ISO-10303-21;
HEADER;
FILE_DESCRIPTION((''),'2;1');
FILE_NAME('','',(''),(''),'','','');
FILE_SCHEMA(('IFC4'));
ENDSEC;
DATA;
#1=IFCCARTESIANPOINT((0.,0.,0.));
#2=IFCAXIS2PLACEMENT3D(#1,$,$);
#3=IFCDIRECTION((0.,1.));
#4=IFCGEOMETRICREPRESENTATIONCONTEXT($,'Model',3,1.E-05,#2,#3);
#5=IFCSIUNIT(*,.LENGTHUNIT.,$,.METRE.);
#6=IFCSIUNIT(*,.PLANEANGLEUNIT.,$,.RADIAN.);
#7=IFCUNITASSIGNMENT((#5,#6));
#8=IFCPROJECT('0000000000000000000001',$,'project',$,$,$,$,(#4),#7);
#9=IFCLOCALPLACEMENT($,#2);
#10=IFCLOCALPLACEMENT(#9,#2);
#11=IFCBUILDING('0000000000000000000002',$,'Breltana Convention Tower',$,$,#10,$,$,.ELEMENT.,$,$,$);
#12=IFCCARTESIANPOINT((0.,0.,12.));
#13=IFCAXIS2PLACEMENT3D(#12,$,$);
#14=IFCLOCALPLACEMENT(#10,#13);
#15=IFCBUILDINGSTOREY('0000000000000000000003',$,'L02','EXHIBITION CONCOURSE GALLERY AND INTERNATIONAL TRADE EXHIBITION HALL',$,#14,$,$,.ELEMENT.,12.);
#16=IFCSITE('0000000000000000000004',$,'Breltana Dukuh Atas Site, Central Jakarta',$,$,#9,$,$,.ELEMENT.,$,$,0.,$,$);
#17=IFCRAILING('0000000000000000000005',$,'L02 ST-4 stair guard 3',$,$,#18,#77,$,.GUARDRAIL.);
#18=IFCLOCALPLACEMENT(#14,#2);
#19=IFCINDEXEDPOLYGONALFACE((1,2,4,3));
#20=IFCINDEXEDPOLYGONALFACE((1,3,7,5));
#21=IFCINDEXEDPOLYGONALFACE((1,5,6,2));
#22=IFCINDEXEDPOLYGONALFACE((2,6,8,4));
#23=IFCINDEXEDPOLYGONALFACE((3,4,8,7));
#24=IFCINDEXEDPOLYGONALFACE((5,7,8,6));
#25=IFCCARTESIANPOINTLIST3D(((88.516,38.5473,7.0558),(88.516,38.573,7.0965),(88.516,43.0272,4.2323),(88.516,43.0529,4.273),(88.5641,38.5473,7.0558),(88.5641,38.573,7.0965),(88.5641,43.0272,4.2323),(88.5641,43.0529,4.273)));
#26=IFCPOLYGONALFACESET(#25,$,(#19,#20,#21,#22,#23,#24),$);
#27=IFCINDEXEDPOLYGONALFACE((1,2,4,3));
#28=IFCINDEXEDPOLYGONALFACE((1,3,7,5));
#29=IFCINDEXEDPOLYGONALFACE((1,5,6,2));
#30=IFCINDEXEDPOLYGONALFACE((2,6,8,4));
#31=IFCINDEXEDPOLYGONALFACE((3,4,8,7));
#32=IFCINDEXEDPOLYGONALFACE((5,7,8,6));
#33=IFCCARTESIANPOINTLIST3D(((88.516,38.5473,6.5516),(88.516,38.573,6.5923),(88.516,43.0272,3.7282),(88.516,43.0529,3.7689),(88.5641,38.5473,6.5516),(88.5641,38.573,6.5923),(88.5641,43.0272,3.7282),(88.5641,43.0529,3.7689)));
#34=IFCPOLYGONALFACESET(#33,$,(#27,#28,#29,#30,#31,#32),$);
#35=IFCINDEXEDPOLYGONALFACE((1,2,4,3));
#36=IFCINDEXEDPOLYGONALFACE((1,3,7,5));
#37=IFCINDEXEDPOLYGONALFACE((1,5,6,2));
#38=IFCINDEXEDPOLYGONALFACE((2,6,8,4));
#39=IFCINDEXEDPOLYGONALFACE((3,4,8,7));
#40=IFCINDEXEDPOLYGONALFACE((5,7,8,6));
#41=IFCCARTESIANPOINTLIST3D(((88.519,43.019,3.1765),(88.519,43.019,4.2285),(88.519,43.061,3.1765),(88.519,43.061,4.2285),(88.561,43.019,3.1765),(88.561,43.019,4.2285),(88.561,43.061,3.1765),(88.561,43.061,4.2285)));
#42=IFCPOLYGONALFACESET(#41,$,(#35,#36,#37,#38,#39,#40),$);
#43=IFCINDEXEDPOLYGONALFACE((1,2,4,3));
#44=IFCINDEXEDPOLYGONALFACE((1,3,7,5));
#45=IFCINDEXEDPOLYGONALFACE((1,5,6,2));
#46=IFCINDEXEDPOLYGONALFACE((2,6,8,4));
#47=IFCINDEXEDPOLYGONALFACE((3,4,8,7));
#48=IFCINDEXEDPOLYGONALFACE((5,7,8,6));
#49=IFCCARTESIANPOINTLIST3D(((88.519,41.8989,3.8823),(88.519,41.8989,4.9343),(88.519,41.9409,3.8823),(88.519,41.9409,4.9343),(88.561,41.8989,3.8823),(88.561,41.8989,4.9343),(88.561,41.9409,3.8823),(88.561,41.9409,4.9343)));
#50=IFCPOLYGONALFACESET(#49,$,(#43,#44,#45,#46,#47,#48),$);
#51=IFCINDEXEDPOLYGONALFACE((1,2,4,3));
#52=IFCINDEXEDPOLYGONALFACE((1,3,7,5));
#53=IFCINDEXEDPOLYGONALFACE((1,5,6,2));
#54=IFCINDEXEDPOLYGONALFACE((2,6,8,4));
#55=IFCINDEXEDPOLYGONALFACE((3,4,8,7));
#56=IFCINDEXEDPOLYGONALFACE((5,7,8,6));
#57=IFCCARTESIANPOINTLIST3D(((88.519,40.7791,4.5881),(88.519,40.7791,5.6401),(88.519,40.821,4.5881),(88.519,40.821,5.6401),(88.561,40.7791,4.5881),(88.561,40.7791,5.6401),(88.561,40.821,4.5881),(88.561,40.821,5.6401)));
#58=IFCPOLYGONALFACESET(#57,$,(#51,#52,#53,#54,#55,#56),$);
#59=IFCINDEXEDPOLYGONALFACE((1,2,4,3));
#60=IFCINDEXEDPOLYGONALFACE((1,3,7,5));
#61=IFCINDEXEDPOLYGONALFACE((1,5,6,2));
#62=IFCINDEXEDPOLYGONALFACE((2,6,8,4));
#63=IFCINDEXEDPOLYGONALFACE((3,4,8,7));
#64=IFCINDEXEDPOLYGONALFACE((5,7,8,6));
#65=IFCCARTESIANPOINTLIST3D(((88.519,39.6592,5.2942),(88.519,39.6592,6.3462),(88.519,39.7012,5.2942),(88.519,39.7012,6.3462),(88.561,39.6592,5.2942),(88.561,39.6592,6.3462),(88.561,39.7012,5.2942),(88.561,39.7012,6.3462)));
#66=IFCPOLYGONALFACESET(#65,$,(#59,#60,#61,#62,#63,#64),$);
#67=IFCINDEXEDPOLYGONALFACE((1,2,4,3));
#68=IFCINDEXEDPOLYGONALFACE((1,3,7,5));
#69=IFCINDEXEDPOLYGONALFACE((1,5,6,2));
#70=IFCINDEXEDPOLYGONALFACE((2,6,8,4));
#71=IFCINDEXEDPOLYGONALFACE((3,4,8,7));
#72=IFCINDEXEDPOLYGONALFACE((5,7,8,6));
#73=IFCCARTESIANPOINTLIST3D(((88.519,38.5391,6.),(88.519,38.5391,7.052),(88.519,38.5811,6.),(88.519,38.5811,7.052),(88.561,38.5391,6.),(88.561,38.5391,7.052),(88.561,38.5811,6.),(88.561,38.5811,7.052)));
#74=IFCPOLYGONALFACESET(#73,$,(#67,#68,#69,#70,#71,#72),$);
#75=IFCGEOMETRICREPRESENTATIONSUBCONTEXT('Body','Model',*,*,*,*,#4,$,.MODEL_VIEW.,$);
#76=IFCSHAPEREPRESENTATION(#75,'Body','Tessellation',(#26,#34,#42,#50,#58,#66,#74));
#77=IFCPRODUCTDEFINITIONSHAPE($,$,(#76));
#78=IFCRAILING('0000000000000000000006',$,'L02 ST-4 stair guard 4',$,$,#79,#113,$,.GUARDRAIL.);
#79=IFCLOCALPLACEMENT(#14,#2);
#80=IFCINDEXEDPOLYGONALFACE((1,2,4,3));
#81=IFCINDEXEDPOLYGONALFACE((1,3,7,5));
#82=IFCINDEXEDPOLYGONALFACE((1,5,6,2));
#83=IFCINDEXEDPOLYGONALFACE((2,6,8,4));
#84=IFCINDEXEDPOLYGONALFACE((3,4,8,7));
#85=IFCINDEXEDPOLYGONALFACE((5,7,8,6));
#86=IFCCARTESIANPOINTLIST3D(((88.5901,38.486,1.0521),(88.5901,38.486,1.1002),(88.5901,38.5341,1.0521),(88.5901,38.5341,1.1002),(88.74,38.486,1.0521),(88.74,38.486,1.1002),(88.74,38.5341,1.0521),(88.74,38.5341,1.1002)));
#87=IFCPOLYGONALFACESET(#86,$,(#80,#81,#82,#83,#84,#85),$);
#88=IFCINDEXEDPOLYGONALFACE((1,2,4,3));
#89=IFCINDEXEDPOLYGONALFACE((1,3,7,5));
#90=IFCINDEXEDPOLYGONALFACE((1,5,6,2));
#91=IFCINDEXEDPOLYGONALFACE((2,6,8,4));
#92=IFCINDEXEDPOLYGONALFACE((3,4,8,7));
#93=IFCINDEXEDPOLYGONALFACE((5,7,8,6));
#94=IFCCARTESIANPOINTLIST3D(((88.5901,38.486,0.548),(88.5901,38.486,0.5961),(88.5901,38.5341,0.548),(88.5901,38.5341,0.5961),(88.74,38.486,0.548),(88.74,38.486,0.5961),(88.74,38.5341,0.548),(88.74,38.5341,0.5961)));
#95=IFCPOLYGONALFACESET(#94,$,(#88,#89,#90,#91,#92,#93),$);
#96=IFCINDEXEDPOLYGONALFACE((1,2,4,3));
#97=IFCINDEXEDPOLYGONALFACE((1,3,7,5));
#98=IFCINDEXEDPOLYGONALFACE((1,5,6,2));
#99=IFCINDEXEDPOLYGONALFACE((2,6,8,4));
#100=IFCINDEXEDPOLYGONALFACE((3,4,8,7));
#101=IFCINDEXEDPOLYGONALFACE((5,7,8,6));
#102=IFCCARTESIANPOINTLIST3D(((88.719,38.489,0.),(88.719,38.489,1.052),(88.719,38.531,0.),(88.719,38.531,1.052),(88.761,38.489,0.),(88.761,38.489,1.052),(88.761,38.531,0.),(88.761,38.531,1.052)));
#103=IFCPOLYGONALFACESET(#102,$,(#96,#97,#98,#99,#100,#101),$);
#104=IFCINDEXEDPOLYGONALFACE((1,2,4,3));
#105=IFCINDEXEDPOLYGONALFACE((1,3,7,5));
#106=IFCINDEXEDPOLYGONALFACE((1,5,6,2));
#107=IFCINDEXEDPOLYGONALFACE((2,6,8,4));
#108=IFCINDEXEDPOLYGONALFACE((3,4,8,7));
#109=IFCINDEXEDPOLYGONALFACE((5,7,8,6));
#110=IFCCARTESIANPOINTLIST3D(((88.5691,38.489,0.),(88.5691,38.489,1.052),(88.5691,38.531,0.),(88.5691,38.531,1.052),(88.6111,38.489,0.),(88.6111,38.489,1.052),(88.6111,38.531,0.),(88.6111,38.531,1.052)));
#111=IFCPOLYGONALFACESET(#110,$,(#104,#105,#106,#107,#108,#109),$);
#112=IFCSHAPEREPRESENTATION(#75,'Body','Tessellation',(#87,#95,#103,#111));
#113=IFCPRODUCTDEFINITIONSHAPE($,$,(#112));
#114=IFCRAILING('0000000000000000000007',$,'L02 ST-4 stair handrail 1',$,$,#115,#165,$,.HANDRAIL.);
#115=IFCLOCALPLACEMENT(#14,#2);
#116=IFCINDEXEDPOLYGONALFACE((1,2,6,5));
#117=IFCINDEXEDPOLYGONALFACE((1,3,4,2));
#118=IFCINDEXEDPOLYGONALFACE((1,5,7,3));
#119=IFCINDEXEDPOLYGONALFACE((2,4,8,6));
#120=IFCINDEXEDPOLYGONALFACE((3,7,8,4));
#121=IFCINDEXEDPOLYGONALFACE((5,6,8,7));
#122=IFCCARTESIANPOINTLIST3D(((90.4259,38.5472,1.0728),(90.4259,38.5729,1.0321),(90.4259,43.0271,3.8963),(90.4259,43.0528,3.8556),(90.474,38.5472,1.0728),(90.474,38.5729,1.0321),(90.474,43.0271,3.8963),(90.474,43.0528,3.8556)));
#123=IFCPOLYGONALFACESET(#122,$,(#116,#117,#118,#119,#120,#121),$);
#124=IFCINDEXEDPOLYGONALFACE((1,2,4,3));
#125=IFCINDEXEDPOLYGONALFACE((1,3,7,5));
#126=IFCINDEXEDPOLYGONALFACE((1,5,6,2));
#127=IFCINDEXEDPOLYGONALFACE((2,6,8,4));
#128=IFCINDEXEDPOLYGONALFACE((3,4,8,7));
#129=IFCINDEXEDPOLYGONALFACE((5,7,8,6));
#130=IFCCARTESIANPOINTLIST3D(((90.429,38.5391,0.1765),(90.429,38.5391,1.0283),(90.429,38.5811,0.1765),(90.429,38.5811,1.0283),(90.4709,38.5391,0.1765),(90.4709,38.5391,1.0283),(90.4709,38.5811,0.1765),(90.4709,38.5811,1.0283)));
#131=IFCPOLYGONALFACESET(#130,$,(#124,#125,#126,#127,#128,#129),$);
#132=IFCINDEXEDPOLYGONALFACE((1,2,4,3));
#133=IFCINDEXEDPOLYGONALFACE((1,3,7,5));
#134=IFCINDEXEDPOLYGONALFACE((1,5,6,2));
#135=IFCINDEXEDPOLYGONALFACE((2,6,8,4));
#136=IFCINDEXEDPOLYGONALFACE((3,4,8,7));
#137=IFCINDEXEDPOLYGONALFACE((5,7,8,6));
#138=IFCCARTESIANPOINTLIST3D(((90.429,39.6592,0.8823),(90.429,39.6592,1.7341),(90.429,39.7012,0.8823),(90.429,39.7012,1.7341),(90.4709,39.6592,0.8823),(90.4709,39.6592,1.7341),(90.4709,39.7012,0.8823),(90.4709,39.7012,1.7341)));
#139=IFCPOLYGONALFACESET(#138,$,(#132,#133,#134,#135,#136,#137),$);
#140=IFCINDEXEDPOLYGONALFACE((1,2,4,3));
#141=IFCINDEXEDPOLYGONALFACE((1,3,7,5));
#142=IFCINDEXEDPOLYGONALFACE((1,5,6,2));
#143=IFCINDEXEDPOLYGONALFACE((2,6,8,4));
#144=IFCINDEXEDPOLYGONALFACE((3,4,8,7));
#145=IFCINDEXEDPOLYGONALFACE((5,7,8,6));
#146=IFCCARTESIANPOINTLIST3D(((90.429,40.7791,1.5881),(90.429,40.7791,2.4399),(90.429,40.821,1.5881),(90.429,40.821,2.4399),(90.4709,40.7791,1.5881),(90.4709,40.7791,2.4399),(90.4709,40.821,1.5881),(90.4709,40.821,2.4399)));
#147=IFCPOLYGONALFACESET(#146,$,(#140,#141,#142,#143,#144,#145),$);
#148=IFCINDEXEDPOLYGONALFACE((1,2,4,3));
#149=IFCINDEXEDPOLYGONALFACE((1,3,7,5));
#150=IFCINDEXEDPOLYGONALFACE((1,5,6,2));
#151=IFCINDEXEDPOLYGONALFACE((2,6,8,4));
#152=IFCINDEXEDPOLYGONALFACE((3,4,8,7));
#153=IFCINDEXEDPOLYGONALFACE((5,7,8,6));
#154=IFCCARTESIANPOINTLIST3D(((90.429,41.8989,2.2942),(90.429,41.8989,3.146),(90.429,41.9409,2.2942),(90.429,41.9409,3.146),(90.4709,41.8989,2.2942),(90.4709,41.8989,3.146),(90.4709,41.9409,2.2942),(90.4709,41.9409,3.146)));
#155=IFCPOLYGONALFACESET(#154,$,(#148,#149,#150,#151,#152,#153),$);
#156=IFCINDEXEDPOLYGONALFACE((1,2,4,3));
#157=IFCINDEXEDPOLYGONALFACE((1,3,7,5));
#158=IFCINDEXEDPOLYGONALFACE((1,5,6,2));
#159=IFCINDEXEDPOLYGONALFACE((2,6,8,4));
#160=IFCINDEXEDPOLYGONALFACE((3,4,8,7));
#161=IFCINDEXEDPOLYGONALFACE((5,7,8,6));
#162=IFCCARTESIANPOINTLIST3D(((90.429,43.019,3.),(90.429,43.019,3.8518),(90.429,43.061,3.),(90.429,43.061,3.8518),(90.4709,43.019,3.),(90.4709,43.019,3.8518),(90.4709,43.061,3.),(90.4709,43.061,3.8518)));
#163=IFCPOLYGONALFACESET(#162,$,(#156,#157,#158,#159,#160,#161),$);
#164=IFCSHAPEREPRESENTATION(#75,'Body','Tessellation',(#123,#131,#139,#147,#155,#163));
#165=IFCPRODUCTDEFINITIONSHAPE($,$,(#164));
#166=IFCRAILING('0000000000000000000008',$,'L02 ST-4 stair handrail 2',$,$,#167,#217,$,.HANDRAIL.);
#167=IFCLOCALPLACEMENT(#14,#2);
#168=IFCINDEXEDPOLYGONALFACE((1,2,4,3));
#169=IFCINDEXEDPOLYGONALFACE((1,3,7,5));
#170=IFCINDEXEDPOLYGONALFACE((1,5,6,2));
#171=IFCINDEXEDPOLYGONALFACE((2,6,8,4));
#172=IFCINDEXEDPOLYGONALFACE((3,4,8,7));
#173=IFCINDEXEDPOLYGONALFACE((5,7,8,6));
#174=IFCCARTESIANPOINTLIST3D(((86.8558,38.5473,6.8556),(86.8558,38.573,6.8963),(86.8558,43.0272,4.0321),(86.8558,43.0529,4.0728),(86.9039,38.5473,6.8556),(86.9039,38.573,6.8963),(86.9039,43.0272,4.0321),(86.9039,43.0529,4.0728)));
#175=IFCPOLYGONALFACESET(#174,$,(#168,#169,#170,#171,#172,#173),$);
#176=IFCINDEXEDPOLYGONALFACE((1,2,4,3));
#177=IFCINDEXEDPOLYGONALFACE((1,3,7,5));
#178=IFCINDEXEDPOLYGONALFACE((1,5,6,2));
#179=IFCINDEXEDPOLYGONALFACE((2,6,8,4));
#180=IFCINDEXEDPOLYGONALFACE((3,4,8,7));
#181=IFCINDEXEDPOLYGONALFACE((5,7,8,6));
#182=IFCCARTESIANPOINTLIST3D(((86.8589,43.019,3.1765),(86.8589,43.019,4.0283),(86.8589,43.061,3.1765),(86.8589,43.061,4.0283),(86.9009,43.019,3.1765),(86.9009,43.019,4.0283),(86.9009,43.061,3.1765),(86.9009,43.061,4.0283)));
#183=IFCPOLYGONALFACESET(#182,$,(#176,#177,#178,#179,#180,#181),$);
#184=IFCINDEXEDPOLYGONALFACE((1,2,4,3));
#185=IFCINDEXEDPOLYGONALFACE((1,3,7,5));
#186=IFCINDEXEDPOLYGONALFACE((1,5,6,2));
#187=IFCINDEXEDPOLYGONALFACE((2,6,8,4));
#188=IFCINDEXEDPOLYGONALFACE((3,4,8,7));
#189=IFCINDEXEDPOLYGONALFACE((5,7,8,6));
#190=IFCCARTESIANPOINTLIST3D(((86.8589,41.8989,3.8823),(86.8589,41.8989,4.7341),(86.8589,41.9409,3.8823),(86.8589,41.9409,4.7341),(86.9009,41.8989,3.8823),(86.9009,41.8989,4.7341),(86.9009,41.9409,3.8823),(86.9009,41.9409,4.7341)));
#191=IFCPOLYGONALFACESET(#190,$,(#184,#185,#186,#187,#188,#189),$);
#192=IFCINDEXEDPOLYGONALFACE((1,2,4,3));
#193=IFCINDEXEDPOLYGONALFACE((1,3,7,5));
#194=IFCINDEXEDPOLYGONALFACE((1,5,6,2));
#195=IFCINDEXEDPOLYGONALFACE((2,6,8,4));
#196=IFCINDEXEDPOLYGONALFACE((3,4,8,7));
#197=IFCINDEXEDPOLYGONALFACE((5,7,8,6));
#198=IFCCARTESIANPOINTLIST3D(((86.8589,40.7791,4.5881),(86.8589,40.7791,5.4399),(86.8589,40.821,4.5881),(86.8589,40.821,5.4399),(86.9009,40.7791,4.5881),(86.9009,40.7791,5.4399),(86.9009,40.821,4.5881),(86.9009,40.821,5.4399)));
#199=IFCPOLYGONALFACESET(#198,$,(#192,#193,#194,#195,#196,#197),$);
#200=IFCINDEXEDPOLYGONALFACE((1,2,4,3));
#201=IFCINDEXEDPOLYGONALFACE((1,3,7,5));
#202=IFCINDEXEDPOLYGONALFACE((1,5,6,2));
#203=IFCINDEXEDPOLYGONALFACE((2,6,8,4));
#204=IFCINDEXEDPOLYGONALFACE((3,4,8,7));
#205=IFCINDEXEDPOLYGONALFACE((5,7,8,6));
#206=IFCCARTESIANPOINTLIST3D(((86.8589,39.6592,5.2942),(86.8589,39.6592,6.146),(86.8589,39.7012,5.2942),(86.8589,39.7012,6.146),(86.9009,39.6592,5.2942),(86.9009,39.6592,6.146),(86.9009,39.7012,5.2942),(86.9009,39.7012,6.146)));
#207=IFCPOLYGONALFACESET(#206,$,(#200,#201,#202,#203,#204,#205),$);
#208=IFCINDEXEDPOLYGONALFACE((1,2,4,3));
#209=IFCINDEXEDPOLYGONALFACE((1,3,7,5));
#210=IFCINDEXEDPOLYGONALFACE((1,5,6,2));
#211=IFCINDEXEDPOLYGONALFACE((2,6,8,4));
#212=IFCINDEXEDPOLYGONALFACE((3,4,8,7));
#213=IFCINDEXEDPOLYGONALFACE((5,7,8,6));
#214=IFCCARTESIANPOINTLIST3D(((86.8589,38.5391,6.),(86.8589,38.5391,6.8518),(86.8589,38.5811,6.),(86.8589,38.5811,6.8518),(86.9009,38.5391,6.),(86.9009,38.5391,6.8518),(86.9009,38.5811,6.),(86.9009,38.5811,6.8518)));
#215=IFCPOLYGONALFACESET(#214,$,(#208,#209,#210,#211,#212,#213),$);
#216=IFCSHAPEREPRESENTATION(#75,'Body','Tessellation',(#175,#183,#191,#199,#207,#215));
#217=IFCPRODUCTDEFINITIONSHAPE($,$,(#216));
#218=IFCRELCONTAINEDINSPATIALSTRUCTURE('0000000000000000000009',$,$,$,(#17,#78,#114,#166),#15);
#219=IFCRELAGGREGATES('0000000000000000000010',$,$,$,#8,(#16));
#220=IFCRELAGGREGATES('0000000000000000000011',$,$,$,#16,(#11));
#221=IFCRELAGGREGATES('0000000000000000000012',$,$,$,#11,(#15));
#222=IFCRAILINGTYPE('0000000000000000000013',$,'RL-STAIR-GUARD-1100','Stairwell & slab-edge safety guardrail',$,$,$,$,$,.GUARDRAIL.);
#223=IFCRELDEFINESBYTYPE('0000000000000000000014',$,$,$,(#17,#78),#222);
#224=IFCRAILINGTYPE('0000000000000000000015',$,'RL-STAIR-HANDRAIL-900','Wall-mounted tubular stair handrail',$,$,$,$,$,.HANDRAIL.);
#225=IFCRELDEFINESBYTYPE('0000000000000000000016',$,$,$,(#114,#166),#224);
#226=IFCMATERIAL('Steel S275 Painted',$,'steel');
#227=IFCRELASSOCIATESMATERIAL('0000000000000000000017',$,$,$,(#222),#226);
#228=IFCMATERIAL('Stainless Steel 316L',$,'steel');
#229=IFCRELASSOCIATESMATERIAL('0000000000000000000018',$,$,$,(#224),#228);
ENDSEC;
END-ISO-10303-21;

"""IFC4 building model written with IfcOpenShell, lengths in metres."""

from ifc_helpers import new_model, si_unit, direction, frame, origin, origin_2d, place, context, subcontext, project, spatial, rectangle, extrude, material, type_object, element, save


model = new_model("IFC4")

# Units and contexts
model_context = context("Model", 3, precision=1e-05, world=origin(), true_north=direction((0.0, 1.0)))
body_context = subcontext(model_context, "Body", "Model", "MODEL_VIEW")
ifc_project = project(units=[si_unit("LENGTHUNIT", "METRE"), si_unit("PLANEANGLEUNIT", "RADIAN")], contexts=[model_context])

# Site, building, storey
site_placement = place(None, origin())
site = spatial("IfcSite", under=ifc_project, at=site_placement, Name="Breltana Dukuh Atas Site, Central Jakarta", CompositionType="ELEMENT", RefElevation=0.0)
building_placement = place(site_placement, origin())
building = spatial("IfcBuilding", under=site, at=building_placement, Name="Breltana Convention Tower", CompositionType="ELEMENT")
storey_placement = place(building_placement, frame((0.0, 0.0, 12.0)))
storey = spatial("IfcBuildingStorey", under=building, at=storey_placement, Name="L02", Description="EXHIBITION CONCOURSE GALLERY AND INTERNATIONAL TRADE EXHIBITION HALL", CompositionType="ELEMENT", Elevation=12.0)

# Railings
ifc_material_1 = material(Name="Steel S275 Painted", Category="steel")
railing_type_1 = type_object("IfcRailingType", Name="RL-STAIR-GUARD-1100", Description="Stairwell & slab-edge safety guardrail", PredefinedType="GUARDRAIL", material=ifc_material_1)
railing_1_placement = place(storey_placement, frame((88.54, 43.04, 3.1765)))
element("IfcRailing", 1, at=railing_1_placement, inside=storey, type_object=railing_type_1, Name="L02 ST-4 stair guard 3", PredefinedType="GUARDRAIL", context=body_context, shape_type="SweptSolid", body=[
    extrude(rectangle(XDim=0.0481, YDim=0.0481, at=origin_2d()), frame((0.0, 0.0, 1.0762), z_axis=(0.0, -0.845998, 0.533186), x_axis=(1.0, 0.0, 0.0)), (0.0, 0.0, 1.0), 5.2954),
    extrude(rectangle(XDim=0.0481, YDim=0.0481, at=origin_2d()), frame((0.0, 0.0, 0.572), z_axis=(0.0, -0.845998, 0.533186), x_axis=(1.0, 0.0, 0.0)), (0.0, 0.0, 1.0), 5.2954),
    extrude(rectangle(XDim=0.042, YDim=0.042, at=origin_2d()), origin(), (0.0, 0.0, 1.0), 1.052),
    extrude(rectangle(XDim=0.042, YDim=0.042, at=origin_2d()), frame((0.0, -1.1201, 0.7058)), (0.0, 0.0, 1.0), 1.052),
    extrude(rectangle(XDim=0.042, YDim=0.042, at=origin_2d()), frame((0.0, -2.24, 1.4116)), (0.0, 0.0, 1.0), 1.052),
    extrude(rectangle(XDim=0.042, YDim=0.042, at=origin_2d()), frame((0.0, -3.3599, 2.1177)), (0.0, 0.0, 1.0), 1.052),
    extrude(rectangle(XDim=0.042, YDim=0.042, at=origin_2d()), frame((0.0, -4.48, 2.8235)), (0.0, 0.0, 1.0), 1.052),
])
railing_2_placement = place(storey_placement, frame((88.74, 38.51, 0.0)))
element("IfcRailing", 2, at=railing_2_placement, inside=storey, type_object=railing_type_1, Name="L02 ST-4 stair guard 4", PredefinedType="GUARDRAIL", context=body_context, shape_type="SweptSolid", body=[
    extrude(rectangle(XDim=0.0481, YDim=0.0481, at=origin_2d()), frame((0.0, 0.0, 1.0762), z_axis=(-1.0, 0.0, 0.0), x_axis=(0.0, -1.0, 0.0)), (0.0, 0.0, 1.0), 0.1499),
    extrude(rectangle(XDim=0.0481, YDim=0.0481, at=origin_2d()), frame((0.0, 0.0, 0.572), z_axis=(-1.0, 0.0, 0.0), x_axis=(0.0, -1.0, 0.0)), (0.0, 0.0, 1.0), 0.1499),
    extrude(rectangle(XDim=0.042, YDim=0.042, at=origin_2d()), origin(), (0.0, 0.0, 1.0), 1.052),
    extrude(rectangle(XDim=0.042, YDim=0.042, at=origin_2d()), frame((-0.1499, 0.0, 0.0)), (0.0, 0.0, 1.0), 1.052),
])
ifc_material_2 = material(Name="Stainless Steel 316L", Category="steel")
railing_type_2 = type_object("IfcRailingType", Name="RL-STAIR-HANDRAIL-900", Description="Wall-mounted tubular stair handrail", PredefinedType="HANDRAIL", material=ifc_material_2)
railing_3_placement = place(storey_placement, frame((90.45, 38.5601, 0.1765)))
element("IfcRailing", 3, at=railing_3_placement, inside=storey, type_object=railing_type_2, Name="L02 ST-4 stair handrail 1", PredefinedType="HANDRAIL", context=body_context, shape_type="SweptSolid", body=[
    extrude(rectangle(XDim=0.0481, YDim=0.0481, at=origin_2d()), frame((0.0, 0.0, 0.876), z_axis=(0.0, 0.845998, 0.533186), x_axis=(-1.0, 0.0, 0.0)), (0.0, 0.0, 1.0), 5.2954),
    extrude(rectangle(XDim=0.042, YDim=0.042, at=origin_2d()), origin(), (0.0, 0.0, 1.0), 0.8518),
    extrude(rectangle(XDim=0.042, YDim=0.042, at=origin_2d()), frame((0.0, 1.1201, 0.7058)), (0.0, 0.0, 1.0), 0.8518),
    extrude(rectangle(XDim=0.042, YDim=0.042, at=origin_2d()), frame((0.0, 2.24, 1.4116)), (0.0, 0.0, 1.0), 0.8518),
    extrude(rectangle(XDim=0.042, YDim=0.042, at=origin_2d()), frame((0.0, 3.3599, 2.1177)), (0.0, 0.0, 1.0), 0.8518),
    extrude(rectangle(XDim=0.042, YDim=0.042, at=origin_2d()), frame((0.0, 4.48, 2.8235)), (0.0, 0.0, 1.0), 0.8518),
])
railing_4_placement = place(storey_placement, frame((86.8799, 43.04, 3.1765)))
element("IfcRailing", 4, at=railing_4_placement, inside=storey, type_object=railing_type_2, Name="L02 ST-4 stair handrail 2", PredefinedType="HANDRAIL", context=body_context, shape_type="SweptSolid", body=[
    extrude(rectangle(XDim=0.0481, YDim=0.0481, at=origin_2d()), frame((0.0, 0.0, 0.876), z_axis=(0.0, -0.845998, 0.533186), x_axis=(1.0, 0.0, 0.0)), (0.0, 0.0, 1.0), 5.2954),
    extrude(rectangle(XDim=0.042, YDim=0.042, at=origin_2d()), origin(), (0.0, 0.0, 1.0), 0.8518),
    extrude(rectangle(XDim=0.042, YDim=0.042, at=origin_2d()), frame((0.0, -1.1201, 0.7058)), (0.0, 0.0, 1.0), 0.8518),
    extrude(rectangle(XDim=0.042, YDim=0.042, at=origin_2d()), frame((0.0, -2.24, 1.4116)), (0.0, 0.0, 1.0), 0.8518),
    extrude(rectangle(XDim=0.042, YDim=0.042, at=origin_2d()), frame((0.0, -3.3599, 2.1177)), (0.0, 0.0, 1.0), 0.8518),
    extrude(rectangle(XDim=0.042, YDim=0.042, at=origin_2d()), frame((0.0, -4.48, 2.8235)), (0.0, 0.0, 1.0), 0.8518),
])

save(model, "model.ifc")
